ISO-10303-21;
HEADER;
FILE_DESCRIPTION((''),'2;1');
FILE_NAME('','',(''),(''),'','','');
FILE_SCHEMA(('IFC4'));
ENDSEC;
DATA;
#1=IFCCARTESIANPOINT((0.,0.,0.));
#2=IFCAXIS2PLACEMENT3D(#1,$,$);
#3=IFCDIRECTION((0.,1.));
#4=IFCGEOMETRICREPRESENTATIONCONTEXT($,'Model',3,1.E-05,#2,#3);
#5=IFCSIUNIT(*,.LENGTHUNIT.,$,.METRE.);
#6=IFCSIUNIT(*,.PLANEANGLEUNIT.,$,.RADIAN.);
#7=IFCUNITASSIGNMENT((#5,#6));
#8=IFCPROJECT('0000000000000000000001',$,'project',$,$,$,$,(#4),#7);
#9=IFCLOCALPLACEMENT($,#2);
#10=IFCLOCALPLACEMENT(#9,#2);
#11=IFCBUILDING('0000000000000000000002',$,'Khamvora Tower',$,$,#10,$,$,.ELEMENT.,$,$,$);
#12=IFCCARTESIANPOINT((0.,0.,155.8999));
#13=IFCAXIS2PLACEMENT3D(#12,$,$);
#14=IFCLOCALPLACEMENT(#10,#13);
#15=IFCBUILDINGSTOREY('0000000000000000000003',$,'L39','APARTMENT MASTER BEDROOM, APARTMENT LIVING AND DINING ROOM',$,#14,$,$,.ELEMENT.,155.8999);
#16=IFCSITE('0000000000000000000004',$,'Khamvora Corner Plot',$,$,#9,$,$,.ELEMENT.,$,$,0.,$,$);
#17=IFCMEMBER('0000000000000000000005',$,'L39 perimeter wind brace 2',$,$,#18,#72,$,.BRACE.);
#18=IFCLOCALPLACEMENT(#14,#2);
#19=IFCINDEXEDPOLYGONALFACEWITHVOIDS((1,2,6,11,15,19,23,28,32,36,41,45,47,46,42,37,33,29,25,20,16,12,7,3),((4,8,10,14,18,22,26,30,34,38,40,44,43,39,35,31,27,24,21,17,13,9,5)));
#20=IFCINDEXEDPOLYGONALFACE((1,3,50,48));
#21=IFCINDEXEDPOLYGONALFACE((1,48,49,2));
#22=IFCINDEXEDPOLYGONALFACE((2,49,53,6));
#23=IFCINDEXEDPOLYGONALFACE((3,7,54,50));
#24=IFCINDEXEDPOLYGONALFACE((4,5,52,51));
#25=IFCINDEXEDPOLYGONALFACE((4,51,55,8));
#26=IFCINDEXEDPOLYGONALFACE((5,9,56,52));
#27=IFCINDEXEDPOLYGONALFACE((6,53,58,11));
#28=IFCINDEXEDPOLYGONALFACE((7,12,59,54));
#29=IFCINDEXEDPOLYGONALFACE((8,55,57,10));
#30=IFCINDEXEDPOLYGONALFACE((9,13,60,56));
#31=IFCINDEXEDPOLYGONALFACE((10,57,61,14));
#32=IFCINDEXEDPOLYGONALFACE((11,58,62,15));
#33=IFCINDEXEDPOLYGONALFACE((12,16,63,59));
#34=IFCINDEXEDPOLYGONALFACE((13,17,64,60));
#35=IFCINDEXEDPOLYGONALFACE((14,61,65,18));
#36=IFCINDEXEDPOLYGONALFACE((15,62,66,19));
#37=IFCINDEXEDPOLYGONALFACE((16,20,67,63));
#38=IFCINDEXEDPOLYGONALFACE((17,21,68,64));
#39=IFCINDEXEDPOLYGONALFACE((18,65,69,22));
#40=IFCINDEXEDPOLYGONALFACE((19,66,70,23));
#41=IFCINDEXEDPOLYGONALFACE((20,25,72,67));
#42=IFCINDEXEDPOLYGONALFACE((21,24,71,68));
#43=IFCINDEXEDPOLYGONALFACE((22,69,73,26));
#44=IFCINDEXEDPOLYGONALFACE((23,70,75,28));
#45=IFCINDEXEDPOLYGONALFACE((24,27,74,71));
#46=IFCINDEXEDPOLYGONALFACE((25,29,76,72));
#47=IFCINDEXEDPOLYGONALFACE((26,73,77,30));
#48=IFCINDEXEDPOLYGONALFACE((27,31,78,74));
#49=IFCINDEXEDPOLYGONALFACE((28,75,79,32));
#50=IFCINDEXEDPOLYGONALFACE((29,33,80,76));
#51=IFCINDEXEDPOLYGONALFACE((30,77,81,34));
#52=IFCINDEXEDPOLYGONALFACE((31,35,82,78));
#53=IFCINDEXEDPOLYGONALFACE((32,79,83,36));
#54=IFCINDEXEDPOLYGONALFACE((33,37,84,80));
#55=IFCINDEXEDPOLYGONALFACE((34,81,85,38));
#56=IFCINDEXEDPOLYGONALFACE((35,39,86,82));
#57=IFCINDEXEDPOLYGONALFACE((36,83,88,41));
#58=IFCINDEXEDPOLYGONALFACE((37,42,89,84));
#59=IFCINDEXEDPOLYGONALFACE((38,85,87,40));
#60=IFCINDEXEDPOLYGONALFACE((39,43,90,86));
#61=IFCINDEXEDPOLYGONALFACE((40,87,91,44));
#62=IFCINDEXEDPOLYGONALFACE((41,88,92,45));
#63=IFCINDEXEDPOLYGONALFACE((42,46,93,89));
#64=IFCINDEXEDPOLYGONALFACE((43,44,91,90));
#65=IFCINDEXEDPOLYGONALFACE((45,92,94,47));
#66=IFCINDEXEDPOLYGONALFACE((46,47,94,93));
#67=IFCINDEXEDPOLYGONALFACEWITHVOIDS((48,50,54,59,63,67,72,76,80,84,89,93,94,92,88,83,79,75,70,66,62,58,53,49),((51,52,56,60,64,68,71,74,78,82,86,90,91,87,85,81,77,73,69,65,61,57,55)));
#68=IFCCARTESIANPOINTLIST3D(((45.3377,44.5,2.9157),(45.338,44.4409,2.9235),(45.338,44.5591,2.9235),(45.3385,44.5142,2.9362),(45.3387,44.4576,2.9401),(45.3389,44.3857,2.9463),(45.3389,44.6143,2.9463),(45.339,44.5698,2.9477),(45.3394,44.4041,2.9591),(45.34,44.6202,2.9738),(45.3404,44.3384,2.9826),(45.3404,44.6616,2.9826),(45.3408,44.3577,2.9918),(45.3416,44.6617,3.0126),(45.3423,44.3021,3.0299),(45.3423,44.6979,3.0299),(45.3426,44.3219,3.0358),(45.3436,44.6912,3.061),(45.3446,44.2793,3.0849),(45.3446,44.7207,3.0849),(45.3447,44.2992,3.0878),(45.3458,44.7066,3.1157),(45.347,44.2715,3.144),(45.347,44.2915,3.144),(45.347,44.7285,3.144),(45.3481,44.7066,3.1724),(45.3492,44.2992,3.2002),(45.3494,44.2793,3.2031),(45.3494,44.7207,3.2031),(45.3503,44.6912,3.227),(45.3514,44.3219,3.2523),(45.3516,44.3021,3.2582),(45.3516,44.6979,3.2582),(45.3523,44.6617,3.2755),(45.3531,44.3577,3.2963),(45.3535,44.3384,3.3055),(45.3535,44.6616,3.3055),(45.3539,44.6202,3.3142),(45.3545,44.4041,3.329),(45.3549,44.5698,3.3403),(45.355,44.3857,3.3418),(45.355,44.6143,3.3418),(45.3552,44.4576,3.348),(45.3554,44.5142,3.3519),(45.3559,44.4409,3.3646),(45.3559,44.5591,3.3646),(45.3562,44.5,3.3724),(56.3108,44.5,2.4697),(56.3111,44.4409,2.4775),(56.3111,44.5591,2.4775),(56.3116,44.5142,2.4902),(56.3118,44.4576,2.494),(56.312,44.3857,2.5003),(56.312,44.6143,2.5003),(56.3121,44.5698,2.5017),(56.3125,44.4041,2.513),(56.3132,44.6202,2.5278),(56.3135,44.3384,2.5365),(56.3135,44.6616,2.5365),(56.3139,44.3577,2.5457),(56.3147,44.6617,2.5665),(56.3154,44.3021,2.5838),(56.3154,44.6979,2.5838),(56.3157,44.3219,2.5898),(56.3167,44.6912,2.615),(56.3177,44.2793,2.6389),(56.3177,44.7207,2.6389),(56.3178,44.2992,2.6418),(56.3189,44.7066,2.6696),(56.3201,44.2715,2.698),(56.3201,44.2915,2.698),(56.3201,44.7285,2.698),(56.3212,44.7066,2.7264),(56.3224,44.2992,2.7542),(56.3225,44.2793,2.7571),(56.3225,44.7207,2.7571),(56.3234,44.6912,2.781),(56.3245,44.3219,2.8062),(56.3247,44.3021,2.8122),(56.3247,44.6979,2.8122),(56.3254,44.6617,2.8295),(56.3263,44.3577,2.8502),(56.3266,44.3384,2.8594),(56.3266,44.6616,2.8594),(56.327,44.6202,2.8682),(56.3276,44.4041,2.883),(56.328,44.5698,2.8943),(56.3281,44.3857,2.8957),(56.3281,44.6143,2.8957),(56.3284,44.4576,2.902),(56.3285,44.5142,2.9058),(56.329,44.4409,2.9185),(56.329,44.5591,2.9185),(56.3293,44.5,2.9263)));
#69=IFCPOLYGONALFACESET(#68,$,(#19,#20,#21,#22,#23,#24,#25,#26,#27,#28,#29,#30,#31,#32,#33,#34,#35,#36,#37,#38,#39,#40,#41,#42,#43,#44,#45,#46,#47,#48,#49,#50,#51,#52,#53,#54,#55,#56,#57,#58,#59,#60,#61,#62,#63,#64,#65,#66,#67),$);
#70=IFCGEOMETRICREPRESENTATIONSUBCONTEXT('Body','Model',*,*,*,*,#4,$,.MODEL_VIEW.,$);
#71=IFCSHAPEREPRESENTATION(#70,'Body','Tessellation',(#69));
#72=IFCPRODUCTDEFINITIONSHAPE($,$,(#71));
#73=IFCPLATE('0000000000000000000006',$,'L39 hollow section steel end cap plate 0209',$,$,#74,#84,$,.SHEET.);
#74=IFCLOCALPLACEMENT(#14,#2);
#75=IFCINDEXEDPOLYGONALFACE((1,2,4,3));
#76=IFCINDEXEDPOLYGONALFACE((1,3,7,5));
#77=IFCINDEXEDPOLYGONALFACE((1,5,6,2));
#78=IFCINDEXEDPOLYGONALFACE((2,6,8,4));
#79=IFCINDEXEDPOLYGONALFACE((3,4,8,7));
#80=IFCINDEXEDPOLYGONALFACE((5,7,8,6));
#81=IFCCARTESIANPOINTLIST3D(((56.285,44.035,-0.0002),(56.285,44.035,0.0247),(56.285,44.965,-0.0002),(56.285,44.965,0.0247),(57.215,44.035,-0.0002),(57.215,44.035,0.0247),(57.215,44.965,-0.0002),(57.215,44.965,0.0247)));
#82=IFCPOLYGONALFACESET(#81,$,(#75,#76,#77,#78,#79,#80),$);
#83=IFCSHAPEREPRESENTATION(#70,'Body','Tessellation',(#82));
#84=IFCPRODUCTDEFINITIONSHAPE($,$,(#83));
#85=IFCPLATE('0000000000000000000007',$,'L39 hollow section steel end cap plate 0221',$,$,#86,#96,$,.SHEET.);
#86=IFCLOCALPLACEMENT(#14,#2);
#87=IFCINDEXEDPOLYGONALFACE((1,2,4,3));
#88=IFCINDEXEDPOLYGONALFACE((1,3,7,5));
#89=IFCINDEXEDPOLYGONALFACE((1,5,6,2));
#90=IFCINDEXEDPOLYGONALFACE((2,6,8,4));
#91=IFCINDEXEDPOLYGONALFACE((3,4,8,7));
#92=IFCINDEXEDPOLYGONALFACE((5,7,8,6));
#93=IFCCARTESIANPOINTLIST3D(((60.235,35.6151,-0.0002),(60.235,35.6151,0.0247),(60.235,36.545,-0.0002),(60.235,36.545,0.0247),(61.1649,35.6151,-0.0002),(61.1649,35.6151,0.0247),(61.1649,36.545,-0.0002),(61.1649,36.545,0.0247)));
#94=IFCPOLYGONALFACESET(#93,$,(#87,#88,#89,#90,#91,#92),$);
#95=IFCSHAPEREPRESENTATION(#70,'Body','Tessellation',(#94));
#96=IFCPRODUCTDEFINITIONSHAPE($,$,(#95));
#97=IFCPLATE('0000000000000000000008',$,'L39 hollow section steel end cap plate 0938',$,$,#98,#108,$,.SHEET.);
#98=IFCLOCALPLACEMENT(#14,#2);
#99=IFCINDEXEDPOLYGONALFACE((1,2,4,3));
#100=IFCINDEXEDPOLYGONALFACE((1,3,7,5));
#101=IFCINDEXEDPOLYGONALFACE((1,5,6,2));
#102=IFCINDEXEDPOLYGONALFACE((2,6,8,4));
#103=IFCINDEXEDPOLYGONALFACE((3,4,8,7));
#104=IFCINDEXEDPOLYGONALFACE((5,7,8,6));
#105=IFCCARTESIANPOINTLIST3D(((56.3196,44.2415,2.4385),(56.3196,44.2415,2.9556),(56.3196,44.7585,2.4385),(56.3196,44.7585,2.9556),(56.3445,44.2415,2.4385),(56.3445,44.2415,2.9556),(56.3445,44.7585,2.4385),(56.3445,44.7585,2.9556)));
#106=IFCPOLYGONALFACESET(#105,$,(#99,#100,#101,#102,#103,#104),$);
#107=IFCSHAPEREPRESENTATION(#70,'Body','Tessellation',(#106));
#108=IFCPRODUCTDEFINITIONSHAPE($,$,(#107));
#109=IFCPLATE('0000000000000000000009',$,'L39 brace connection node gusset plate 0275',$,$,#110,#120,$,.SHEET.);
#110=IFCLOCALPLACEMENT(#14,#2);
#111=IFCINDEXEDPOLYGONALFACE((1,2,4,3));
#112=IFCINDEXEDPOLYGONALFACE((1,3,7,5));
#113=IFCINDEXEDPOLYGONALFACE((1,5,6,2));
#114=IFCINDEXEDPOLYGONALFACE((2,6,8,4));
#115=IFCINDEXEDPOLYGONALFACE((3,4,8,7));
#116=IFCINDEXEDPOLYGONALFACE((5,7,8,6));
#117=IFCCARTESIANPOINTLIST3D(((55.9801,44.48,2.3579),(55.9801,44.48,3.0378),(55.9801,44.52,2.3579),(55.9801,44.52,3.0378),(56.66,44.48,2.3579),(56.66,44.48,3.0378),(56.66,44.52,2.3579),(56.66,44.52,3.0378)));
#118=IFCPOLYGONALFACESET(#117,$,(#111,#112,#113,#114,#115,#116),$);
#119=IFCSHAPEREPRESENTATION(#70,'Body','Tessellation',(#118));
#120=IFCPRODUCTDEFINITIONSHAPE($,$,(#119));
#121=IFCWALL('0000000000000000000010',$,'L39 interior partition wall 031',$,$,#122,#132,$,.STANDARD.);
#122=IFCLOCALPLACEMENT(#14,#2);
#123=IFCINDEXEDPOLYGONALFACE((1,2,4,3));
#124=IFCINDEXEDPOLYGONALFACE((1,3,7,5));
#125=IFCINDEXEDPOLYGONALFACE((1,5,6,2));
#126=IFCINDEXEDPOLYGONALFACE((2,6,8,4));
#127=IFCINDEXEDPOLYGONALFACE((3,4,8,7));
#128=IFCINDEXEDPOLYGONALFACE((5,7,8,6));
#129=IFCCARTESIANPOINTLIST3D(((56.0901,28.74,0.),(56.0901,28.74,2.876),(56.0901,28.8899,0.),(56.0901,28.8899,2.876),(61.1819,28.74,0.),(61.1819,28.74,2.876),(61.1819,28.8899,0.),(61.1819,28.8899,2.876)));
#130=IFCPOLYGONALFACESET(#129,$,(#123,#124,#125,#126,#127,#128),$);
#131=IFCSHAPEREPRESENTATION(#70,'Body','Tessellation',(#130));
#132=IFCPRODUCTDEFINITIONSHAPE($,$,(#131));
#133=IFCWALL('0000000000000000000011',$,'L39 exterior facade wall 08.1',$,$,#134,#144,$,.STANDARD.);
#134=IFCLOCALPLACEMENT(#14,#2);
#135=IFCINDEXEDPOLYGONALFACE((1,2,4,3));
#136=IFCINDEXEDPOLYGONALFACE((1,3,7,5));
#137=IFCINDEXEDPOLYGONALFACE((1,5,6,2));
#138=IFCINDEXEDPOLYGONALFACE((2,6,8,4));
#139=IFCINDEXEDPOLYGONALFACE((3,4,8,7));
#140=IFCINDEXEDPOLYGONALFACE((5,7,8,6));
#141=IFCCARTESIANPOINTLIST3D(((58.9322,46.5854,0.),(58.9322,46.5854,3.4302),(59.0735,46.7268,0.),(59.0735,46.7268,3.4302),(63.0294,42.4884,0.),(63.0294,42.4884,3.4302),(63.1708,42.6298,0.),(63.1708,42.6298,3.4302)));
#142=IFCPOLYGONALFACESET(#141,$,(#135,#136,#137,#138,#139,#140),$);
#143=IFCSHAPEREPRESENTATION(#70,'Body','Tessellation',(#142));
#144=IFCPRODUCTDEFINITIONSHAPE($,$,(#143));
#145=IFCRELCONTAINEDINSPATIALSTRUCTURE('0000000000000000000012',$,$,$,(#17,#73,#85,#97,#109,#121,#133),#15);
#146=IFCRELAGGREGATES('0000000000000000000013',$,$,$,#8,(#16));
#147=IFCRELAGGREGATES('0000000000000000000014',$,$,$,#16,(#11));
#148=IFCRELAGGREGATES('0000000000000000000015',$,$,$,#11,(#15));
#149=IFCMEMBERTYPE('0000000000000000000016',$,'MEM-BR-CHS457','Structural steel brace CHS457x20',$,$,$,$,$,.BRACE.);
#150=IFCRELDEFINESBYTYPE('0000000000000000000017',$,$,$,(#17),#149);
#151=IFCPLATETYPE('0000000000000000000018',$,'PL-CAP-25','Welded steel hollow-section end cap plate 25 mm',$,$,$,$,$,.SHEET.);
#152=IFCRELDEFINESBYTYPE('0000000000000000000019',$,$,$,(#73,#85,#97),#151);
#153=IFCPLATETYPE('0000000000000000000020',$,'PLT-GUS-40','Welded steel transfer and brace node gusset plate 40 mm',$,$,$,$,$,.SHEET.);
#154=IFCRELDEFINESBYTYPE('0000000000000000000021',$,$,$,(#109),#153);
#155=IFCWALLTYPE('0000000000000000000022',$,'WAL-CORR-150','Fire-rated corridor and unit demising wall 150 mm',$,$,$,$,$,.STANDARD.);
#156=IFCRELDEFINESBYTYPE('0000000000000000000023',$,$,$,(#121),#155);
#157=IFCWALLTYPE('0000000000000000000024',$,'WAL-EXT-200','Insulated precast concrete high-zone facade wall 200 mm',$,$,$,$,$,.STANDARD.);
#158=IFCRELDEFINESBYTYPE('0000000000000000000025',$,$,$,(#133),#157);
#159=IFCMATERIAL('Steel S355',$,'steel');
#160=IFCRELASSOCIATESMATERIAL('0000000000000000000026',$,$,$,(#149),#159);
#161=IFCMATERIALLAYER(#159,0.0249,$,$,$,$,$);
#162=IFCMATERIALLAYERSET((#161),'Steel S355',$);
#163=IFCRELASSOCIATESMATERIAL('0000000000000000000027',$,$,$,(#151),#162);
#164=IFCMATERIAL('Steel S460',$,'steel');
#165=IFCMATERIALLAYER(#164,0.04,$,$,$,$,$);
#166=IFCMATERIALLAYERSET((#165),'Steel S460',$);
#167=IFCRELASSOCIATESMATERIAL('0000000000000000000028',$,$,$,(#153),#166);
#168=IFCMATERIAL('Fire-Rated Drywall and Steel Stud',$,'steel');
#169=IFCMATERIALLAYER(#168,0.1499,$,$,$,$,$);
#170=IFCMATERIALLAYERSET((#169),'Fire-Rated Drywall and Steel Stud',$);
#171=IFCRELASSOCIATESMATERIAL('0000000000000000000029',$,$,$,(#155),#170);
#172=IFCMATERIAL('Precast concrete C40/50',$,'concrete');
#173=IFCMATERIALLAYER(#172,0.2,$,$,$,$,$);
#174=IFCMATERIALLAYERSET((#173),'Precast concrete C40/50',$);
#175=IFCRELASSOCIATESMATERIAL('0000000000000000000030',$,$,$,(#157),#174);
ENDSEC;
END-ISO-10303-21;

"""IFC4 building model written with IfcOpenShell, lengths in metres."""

from ifc_helpers import new_model, si_unit, direction, frame, frame_2d, origin, origin_2d, place, context, subcontext, project, spatial, rectangle, hollow_circle, extrude, material, layer, layer_set, material_profile, profile_set, type_object, element, save


model = new_model("IFC4")

# Units and contexts
model_context = context("Model", 3, precision=1e-05, world=origin(), true_north=direction((0.0, 1.0)))
body_context = subcontext(model_context, "Body", "Model", "MODEL_VIEW")
ifc_project = project(units=[si_unit("LENGTHUNIT", "METRE"), si_unit("PLANEANGLEUNIT", "RADIAN")], contexts=[model_context])

# Site, building, storey
site_placement = place(None, origin())
site = spatial("IfcSite", under=ifc_project, at=site_placement, Name="Khamvora Corner Plot", CompositionType="ELEMENT", RefElevation=0.0)
building_placement = place(site_placement, origin())
building = spatial("IfcBuilding", under=site, at=building_placement, Name="Khamvora Tower", CompositionType="ELEMENT")
storey_placement = place(building_placement, frame((0.0, 0.0, 155.8999)))
storey = spatial("IfcBuildingStorey", under=building, at=storey_placement, Name="L39", Description="APARTMENT MASTER BEDROOM, APARTMENT LIVING AND DINING ROOM", CompositionType="ELEMENT", Elevation=155.8999)

# Shared definitions
ifc_material_1 = material(Name="Steel S355", Category="steel")

# Member
ifc_material_profile_1 = material_profile(ifc_material_1, hollow_circle(Radius=0.2285, WallThickness=0.02, at=origin_2d()), Name="CHS457x20")
ifc_profile_set_1 = profile_set([ifc_material_profile_1], Name="Steel S355")
member_type = type_object("IfcMemberType", Name="MEM-BR-CHS457", Description="Structural steel brace CHS457x20", PredefinedType="BRACE", material=ifc_profile_set_1)
member_placement = place(storey_placement, frame((56.3201, 44.5, 2.698), z_axis=(-0.999175, 0.0, 0.040615), x_axis=(0.0, -1.0, 0.0)))
element("IfcMember", 1, at=member_placement, inside=storey, type_object=member_type, Name="L39 perimeter wind brace 2", PredefinedType="BRACE", context=body_context, shape_type="SweptSolid", body=[
    extrude(hollow_circle(Radius=0.2285, WallThickness=0.02, at=origin_2d()), origin(), (0.0, 0.0, 1.0), 10.9822),
])

# Plates
ifc_layer_1 = layer(ifc_material_1, 0.0249)
ifc_layer_set_1 = layer_set([ifc_layer_1], Name="Steel S355")
plate_type_1 = type_object("IfcPlateType", Name="PL-CAP-25", Description="Welded steel hollow-section end cap plate 25 mm", PredefinedType="SHEET", material=ifc_layer_set_1)
for number, where, z_axis, x_axis, name in (
    (2, (56.75, 44.5, -0.0002), (0.0, 0.0, 1.0), (1.0, 0.0, 0.0), "L39 hollow section steel end cap plate 0209"),
    (3, (60.7, 36.0801, -0.0002), (0.0, 0.0, 1.0), (1.0, 0.0, 0.0), "L39 hollow section steel end cap plate 0221"),
):
    element("IfcPlate", number, at=place(storey_placement, frame(where, z_axis=z_axis, x_axis=x_axis)), inside=storey, type_object=plate_type_1, Name=name, PredefinedType="SHEET", context=body_context, shape_type="SweptSolid", body=[
        extrude(rectangle(XDim=0.9299, YDim=0.9299, at=origin_2d()), origin(), (0.0, 0.0, 1.0), 0.0249),
    ])
plate_1_placement = place(storey_placement, frame((56.332, 44.5, 2.4385), z_axis=(0.0, 0.0, 1.0), x_axis=(-1.0, 0.0, 0.0)))
element("IfcPlate", 4, at=plate_1_placement, inside=storey, type_object=plate_type_1, Name="L39 hollow section steel end cap plate 0938", PredefinedType="SHEET", context=body_context, shape_type="SweptSolid", body=[
    extrude(rectangle(XDim=0.0249, YDim=0.5171, at=origin_2d()), origin(), (0.0, 0.0, 1.0), 0.5171),
])
ifc_material_2 = material(Name="Steel S460", Category="steel")
ifc_layer_2 = layer(ifc_material_2, 0.04)
ifc_layer_set_2 = layer_set([ifc_layer_2], Name="Steel S460")
plate_type_2 = type_object("IfcPlateType", Name="PLT-GUS-40", Description="Welded steel transfer and brace node gusset plate 40 mm", PredefinedType="SHEET", material=ifc_layer_set_2)
plate_2_placement = place(storey_placement, frame((56.3201, 44.5, 2.3579), z_axis=(0.0, 0.0, 1.0), x_axis=(1.0, 0.0, 0.0)))
element("IfcPlate", 5, at=plate_2_placement, inside=storey, type_object=plate_type_2, Name="L39 brace connection node gusset plate 0275", PredefinedType="SHEET", context=body_context, shape_type="SweptSolid", body=[
    extrude(rectangle(XDim=0.6799, YDim=0.04, at=origin_2d()), origin(), (0.0, 0.0, 1.0), 0.6799),
])

# Walls
ifc_material_3 = material(Name="Fire-Rated Drywall and Steel Stud", Category="steel")
ifc_layer_3 = layer(ifc_material_3, 0.1499)
ifc_layer_set_3 = layer_set([ifc_layer_3], Name="Fire-Rated Drywall and Steel Stud")
wall_type_1 = type_object("IfcWallType", Name="WAL-CORR-150", Description="Fire-rated corridor and unit demising wall 150 mm", PredefinedType="STANDARD", material=ifc_layer_set_3)
wall_1_placement = place(storey_placement, frame((56.0901, 28.8149, 0.0), z_axis=(0.0, 0.0, 1.0), x_axis=(1.0, 0.0, 0.0)))
element("IfcWall", 6, at=wall_1_placement, inside=storey, type_object=wall_type_1, Name="L39 interior partition wall 031", PredefinedType="STANDARD", context=body_context, shape_type="SweptSolid", body=[
    extrude(rectangle(XDim=5.0918, YDim=0.1499, at=frame_2d((2.5459, 0.0))), origin(), (0.0, 0.0, 1.0), 2.876),
])
ifc_material_4 = material(Name="Precast concrete C40/50", Category="concrete")
ifc_layer_4 = layer(ifc_material_4, 0.2)
ifc_layer_set_4 = layer_set([ifc_layer_4], Name="Precast concrete C40/50")
wall_type_2 = type_object("IfcWallType", Name="WAL-EXT-200", Description="Insulated precast concrete high-zone facade wall 200 mm", PredefinedType="STANDARD", material=ifc_layer_set_4)
wall_2_placement = place(storey_placement, frame((59.0029, 46.656, 0.0), z_axis=(0.0, 0.0, 1.0), x_axis=(0.707128, -0.707086, 0.0)))
element("IfcWall", 7, at=wall_2_placement, inside=storey, type_object=wall_type_2, Name="L39 exterior facade wall 08.1", PredefinedType="STANDARD", context=body_context, shape_type="SweptSolid", body=[
    extrude(rectangle(XDim=5.7942, YDim=0.2, at=frame_2d((2.897, 0.0))), origin(), (0.0, 0.0, 1.0), 3.4302),
])

save(model, "model.ifc")
